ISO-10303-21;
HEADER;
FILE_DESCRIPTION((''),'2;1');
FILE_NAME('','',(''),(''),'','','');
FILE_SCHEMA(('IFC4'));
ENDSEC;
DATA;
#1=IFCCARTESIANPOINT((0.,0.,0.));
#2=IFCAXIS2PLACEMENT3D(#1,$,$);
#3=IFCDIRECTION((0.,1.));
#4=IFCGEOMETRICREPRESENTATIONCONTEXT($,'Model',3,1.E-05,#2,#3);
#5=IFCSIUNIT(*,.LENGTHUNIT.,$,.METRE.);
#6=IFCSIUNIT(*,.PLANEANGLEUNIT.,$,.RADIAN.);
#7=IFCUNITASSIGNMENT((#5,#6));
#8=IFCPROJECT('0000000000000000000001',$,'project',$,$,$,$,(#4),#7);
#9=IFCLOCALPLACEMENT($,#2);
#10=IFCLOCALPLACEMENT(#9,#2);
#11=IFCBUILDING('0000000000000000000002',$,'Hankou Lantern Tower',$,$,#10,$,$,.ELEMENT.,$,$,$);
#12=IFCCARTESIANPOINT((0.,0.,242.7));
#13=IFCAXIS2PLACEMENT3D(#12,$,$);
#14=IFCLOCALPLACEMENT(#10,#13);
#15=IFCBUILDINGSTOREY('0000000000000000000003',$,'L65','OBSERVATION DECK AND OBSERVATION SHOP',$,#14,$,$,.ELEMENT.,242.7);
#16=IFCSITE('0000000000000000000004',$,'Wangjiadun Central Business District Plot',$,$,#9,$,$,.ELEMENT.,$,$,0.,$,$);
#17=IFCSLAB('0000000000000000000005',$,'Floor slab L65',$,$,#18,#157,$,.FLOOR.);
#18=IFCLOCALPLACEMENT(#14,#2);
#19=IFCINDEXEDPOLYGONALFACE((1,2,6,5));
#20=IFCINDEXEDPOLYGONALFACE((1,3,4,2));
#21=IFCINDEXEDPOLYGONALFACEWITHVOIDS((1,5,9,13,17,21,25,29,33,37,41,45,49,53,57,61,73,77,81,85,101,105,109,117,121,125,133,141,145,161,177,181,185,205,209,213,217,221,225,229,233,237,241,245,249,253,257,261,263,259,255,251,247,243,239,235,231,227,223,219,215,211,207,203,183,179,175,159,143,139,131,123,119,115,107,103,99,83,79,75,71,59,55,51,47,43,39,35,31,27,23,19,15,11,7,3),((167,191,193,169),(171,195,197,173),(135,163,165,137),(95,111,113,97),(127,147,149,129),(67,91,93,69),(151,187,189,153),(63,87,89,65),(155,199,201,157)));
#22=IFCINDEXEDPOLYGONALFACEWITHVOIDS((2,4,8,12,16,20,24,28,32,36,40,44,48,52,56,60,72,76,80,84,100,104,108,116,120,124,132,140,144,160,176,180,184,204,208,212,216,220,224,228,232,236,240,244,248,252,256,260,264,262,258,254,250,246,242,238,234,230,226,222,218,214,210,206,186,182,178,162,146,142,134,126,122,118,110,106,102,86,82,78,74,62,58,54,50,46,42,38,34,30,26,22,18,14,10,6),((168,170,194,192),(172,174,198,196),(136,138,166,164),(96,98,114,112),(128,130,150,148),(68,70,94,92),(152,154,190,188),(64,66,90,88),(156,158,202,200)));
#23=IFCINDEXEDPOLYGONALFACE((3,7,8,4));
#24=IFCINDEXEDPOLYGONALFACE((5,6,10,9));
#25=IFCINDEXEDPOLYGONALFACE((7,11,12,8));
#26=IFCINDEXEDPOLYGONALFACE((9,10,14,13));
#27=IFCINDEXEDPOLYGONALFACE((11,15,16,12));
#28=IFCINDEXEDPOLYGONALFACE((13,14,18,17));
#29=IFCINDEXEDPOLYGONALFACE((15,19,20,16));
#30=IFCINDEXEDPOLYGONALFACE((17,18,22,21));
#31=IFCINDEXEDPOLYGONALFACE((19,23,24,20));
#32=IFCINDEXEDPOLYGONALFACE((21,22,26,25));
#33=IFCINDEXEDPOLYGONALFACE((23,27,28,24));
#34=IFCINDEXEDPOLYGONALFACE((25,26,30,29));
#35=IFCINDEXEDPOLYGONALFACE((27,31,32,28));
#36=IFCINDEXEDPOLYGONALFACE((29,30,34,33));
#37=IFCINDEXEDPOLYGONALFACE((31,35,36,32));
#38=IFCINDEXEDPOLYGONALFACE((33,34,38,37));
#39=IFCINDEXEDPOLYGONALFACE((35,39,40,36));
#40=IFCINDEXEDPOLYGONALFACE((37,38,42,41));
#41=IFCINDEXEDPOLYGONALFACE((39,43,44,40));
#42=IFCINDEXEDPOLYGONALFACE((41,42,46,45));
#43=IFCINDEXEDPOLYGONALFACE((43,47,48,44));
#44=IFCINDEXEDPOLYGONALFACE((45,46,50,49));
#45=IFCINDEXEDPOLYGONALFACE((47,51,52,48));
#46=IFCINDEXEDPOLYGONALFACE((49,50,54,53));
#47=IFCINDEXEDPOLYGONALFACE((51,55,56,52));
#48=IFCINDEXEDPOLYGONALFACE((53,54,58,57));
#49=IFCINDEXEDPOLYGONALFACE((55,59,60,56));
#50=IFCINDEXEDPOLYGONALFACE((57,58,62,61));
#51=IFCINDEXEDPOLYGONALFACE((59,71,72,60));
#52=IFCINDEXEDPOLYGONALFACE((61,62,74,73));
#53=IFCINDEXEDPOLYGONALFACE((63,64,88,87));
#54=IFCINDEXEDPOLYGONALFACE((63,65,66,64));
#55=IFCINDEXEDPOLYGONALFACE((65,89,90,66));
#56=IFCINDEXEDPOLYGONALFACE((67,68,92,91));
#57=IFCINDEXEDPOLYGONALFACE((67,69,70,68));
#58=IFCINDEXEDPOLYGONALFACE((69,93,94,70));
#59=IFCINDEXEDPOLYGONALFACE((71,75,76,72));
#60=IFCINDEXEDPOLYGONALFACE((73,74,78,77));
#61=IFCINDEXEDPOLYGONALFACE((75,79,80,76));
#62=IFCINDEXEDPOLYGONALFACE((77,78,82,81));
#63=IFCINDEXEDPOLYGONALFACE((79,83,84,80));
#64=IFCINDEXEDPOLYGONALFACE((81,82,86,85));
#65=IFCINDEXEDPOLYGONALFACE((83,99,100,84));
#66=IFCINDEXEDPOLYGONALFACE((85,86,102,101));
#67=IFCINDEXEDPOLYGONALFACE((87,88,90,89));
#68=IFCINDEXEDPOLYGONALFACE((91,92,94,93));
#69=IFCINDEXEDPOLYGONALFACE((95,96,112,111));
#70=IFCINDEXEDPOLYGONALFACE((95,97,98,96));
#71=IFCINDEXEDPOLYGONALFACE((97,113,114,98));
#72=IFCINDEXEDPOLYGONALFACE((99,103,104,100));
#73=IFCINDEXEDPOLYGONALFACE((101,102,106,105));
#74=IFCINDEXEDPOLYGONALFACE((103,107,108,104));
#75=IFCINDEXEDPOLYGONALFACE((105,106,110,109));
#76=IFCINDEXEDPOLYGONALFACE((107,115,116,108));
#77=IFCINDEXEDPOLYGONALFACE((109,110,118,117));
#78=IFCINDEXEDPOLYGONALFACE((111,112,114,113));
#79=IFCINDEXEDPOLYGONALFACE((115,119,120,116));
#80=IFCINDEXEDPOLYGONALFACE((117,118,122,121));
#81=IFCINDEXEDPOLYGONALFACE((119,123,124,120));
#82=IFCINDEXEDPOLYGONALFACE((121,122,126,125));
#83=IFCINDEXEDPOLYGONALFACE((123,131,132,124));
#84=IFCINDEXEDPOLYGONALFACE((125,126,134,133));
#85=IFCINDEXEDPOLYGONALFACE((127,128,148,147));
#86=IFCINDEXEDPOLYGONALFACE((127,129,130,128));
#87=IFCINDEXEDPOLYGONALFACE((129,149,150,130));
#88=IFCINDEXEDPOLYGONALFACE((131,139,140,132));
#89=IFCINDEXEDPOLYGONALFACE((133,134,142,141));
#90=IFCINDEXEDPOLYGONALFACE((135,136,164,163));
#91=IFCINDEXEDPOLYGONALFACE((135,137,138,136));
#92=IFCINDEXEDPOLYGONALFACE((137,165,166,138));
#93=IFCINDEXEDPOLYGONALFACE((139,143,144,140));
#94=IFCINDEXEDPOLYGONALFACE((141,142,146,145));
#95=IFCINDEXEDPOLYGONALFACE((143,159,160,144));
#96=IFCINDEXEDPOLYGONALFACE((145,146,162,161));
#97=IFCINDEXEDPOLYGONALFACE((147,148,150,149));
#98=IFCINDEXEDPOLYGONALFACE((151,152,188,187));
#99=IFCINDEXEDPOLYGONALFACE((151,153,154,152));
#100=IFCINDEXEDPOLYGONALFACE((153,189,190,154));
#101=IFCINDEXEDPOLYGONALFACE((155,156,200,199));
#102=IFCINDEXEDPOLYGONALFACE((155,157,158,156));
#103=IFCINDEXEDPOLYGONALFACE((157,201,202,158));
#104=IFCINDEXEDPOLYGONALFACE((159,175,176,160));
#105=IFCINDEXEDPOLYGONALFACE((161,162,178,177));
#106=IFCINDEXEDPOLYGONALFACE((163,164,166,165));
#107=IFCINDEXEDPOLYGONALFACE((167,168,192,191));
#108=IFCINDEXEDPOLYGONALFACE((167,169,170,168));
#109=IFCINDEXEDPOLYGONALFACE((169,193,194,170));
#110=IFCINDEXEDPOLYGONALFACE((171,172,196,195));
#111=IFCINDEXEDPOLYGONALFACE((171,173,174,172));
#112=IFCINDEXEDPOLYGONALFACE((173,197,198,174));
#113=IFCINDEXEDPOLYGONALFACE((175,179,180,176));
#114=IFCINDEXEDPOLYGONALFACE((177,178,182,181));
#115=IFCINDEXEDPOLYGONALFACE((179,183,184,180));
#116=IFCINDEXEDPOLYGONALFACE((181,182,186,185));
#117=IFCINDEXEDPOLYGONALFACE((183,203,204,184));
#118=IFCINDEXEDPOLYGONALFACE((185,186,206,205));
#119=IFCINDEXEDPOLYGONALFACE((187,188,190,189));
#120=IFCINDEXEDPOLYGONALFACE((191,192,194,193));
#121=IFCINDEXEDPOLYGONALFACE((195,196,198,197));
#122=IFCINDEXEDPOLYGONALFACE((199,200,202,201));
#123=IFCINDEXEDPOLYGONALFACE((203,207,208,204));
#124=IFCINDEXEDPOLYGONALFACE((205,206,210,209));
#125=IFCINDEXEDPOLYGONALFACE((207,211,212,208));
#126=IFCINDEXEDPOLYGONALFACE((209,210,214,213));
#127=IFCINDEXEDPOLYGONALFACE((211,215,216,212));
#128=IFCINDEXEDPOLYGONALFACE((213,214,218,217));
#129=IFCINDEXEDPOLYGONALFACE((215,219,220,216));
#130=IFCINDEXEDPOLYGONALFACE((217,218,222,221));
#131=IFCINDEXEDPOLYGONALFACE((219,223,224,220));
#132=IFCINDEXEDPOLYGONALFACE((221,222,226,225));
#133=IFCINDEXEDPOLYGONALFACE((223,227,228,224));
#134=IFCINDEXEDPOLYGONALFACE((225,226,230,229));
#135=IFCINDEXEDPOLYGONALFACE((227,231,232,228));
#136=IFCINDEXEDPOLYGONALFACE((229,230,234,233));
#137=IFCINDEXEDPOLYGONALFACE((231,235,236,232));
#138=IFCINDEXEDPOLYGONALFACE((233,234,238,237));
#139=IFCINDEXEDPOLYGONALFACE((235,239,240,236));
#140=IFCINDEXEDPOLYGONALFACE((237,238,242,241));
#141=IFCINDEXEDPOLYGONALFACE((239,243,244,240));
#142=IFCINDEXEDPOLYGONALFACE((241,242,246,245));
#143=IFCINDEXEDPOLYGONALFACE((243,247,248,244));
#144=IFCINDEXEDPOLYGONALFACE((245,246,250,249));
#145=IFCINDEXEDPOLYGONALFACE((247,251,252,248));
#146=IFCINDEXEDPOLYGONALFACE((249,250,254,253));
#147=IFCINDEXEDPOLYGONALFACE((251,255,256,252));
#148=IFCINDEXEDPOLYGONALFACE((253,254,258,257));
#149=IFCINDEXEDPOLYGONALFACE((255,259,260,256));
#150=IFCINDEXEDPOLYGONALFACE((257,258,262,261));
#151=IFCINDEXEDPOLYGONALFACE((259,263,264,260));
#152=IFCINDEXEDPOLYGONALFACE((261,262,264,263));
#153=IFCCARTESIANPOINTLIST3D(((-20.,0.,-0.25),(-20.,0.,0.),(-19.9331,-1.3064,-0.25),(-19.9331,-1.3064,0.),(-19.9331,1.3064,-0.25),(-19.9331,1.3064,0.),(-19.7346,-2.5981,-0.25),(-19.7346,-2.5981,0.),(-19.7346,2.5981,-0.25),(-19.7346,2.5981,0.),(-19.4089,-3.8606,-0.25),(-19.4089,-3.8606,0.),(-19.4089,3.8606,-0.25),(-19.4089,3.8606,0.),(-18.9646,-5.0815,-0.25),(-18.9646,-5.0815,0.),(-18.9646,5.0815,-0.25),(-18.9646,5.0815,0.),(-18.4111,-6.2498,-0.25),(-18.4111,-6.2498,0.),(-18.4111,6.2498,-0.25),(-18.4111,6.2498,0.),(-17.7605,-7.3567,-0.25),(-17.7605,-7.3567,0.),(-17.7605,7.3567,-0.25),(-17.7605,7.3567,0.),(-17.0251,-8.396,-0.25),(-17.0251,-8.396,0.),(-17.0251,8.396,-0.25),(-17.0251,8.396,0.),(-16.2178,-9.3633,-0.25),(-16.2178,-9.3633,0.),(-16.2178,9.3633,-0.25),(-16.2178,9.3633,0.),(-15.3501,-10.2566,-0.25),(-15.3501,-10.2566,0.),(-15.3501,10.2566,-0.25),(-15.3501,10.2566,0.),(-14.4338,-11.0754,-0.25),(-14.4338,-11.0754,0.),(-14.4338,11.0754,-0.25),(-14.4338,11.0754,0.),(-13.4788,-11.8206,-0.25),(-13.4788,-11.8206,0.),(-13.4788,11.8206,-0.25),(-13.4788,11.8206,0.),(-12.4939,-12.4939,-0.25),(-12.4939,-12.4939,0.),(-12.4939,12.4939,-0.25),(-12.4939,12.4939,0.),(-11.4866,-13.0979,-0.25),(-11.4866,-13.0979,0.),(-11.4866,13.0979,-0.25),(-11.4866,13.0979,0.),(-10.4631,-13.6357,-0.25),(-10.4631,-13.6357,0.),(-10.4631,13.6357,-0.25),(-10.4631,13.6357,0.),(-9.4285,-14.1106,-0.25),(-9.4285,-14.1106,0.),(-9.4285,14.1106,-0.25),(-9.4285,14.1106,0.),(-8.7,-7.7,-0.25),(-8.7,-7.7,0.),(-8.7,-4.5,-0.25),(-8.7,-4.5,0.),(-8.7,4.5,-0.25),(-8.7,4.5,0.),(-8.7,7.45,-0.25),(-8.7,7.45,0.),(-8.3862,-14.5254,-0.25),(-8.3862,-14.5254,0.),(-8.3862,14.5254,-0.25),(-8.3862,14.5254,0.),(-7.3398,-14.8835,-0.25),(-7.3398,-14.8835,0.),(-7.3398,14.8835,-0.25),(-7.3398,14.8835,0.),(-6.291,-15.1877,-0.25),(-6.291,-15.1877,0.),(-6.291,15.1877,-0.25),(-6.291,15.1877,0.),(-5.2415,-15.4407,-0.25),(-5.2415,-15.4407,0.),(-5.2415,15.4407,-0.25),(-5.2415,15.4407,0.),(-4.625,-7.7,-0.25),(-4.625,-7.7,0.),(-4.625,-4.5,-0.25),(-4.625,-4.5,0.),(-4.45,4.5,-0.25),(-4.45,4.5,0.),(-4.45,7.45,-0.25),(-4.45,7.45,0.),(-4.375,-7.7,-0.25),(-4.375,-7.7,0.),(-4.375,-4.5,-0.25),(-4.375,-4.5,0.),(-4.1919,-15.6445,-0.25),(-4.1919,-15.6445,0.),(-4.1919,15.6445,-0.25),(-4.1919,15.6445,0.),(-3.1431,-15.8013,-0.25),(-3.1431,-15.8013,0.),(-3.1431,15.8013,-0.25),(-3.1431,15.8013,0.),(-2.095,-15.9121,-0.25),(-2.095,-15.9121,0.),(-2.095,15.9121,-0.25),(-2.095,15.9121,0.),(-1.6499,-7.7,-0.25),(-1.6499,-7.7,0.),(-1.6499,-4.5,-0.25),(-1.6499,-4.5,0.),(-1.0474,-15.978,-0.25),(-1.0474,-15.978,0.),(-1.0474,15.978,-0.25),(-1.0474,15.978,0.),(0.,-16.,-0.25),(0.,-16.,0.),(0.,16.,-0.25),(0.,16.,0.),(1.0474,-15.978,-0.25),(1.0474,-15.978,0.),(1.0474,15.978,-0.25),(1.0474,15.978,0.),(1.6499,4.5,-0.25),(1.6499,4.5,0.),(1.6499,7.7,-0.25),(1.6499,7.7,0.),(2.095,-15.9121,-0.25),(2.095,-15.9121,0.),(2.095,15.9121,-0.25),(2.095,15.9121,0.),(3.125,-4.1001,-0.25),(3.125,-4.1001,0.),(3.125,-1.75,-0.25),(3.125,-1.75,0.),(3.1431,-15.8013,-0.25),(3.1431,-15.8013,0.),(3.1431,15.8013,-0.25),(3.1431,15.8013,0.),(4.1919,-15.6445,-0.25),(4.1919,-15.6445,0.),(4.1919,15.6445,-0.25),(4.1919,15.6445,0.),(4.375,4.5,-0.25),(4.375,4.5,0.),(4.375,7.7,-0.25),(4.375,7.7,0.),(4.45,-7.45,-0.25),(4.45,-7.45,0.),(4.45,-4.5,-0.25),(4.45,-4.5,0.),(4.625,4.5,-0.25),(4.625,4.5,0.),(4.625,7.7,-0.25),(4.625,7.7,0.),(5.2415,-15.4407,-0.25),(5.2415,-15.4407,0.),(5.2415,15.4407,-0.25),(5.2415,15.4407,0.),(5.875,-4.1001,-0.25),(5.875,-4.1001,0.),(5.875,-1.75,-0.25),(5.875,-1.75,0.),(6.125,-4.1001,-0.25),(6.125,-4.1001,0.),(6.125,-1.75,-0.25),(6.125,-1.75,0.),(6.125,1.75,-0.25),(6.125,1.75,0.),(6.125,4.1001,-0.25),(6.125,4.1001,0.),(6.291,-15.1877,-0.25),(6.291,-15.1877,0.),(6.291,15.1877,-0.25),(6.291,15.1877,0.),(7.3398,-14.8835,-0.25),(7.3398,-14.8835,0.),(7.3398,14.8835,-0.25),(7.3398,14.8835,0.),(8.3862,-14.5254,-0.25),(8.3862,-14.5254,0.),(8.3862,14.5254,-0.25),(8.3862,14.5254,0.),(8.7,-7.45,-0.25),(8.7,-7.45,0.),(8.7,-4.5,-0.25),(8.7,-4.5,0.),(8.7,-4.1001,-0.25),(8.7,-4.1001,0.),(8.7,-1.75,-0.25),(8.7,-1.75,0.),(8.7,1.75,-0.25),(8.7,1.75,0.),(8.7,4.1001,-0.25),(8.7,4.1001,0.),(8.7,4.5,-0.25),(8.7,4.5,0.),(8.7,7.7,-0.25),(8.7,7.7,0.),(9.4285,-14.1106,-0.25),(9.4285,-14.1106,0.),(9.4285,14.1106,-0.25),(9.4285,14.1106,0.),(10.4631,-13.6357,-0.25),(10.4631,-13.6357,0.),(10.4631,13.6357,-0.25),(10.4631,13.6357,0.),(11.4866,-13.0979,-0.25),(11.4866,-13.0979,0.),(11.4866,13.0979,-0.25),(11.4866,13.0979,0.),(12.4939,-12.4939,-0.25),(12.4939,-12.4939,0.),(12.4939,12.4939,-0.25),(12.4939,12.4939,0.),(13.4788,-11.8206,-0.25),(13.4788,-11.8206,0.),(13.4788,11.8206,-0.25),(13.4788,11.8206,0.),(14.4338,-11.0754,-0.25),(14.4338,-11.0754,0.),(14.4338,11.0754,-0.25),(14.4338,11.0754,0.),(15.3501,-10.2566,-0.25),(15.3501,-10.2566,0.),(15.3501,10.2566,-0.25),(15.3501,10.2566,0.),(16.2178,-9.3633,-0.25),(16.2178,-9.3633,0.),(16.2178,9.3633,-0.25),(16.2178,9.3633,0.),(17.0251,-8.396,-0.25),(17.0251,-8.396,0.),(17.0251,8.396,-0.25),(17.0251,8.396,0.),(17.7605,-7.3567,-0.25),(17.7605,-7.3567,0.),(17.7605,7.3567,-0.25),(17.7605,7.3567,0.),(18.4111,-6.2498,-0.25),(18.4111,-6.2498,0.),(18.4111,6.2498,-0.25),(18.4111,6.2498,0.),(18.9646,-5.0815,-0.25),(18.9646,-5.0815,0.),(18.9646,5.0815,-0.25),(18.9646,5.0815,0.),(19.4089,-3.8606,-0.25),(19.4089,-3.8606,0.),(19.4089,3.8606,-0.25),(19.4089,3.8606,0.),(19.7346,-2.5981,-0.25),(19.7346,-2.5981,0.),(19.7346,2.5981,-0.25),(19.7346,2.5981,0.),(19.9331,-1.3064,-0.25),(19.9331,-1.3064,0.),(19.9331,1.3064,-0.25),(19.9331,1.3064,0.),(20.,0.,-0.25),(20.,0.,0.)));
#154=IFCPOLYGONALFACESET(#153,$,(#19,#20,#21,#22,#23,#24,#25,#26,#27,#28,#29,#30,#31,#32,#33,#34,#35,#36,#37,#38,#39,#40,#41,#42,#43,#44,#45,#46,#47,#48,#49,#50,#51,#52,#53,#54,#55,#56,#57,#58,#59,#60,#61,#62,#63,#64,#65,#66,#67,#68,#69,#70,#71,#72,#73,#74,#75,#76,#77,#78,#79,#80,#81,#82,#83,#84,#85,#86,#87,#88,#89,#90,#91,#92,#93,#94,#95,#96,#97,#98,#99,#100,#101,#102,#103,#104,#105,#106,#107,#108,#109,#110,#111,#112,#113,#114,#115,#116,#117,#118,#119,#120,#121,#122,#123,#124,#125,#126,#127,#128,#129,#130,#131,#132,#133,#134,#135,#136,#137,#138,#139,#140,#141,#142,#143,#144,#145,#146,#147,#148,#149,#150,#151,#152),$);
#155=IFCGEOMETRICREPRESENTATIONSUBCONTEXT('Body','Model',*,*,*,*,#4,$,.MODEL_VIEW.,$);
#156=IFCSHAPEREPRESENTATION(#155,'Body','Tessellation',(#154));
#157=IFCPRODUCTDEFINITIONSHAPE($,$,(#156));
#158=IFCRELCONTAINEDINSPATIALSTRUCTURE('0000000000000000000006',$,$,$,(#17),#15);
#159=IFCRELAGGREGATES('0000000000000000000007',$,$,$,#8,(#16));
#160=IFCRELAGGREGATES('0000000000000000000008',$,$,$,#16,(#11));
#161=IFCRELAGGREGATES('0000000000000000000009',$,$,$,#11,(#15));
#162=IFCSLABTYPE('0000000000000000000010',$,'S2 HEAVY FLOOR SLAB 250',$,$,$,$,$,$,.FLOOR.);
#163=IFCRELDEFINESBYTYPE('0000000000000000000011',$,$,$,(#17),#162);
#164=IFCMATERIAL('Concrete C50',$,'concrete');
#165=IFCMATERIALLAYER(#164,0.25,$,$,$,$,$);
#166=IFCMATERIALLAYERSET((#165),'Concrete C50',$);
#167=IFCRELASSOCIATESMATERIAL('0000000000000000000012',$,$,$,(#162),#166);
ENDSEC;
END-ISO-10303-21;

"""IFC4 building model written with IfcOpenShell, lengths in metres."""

from ifc_helpers import new_model, si_unit, direction, frame, origin, place, context, subcontext, project, spatial, polyline, outline, extrude, material, layer, layer_set, type_object, element, save


model = new_model("IFC4")

# Units and contexts
model_context = context("Model", 3, precision=1e-05, world=origin(), true_north=direction((0.0, 1.0)))
body_context = subcontext(model_context, "Body", "Model", "MODEL_VIEW")
ifc_project = project(units=[si_unit("LENGTHUNIT", "METRE"), si_unit("PLANEANGLEUNIT", "RADIAN")], contexts=[model_context])

# Site, building, storey
site_placement = place(None, origin())
site = spatial("IfcSite", under=ifc_project, at=site_placement, Name="Wangjiadun Central Business District Plot", CompositionType="ELEMENT", RefElevation=0.0)
building_placement = place(site_placement, origin())
building = spatial("IfcBuilding", under=site, at=building_placement, Name="Hankou Lantern Tower", CompositionType="ELEMENT")
storey_placement = place(building_placement, frame((0.0, 0.0, 242.7)))
storey = spatial("IfcBuildingStorey", under=building, at=storey_placement, Name="L65", Description="OBSERVATION DECK AND OBSERVATION SHOP", CompositionType="ELEMENT", Elevation=242.7)

# Slab
ifc_material_1 = material(Name="Concrete C50", Category="concrete")
ifc_layer_1 = layer(ifc_material_1, 0.25)
ifc_layer_set_1 = layer_set([ifc_layer_1], Name="Concrete C50")
slab_type = type_object("IfcSlabType", Name="S2 HEAVY FLOOR SLAB 250", PredefinedType="FLOOR", material=ifc_layer_set_1)
slab_placement = place(storey_placement, frame((0.0, 0.0, -0.25)))
element("IfcSlab", 1, at=slab_placement, inside=storey, type_object=slab_type, Name="Floor slab L65", PredefinedType="FLOOR", context=body_context, shape_type="SweptSolid", body=[
    extrude(outline(polyline([(20.0, 0.0), (19.9331, 1.3064), (19.7346, 2.5981), (19.4089, 3.8606), (18.9646, 5.0815), (18.4111, 6.2498), (17.7605, 7.3567), (17.0251, 8.396), (16.2178, 9.3633), (15.3501, 10.2566), (14.4338, 11.0754), (13.4788, 11.8206), (12.4939, 12.4939), (11.4866, 13.0979), (10.4631, 13.6357), (9.4285, 14.1106), (8.3862, 14.5254), (7.3398, 14.8835), (6.291, 15.1877), (5.2415, 15.4407), (4.1919, 15.6445), (3.1431, 15.8013), (2.095, 15.9121), (1.0474, 15.978), (0.0, 16.0), (-1.0474, 15.978), (-2.095, 15.9121), (-3.1431, 15.8013), (-4.1919, 15.6445), (-5.2415, 15.4407), (-6.291, 15.1877), (-7.3398, 14.8835), (-8.3862, 14.5254), (-9.4285, 14.1106), (-10.4631, 13.6357), (-11.4866, 13.0979), (-12.4939, 12.4939), (-13.4788, 11.8206), (-14.4338, 11.0754), (-15.3501, 10.2566), (-16.2178, 9.3633), (-17.0251, 8.396), (-17.7605, 7.3567), (-18.4111, 6.2498), (-18.9646, 5.0815), (-19.4089, 3.8606), (-19.7346, 2.5981), (-19.9331, 1.3064), (-20.0, 0.0), (-19.9331, -1.3064), (-19.7346, -2.5981), (-19.4089, -3.8606), (-18.9646, -5.0815), (-18.4111, -6.2498), (-17.7605, -7.3567), (-17.0251, -8.396), (-16.2178, -9.3633), (-15.3501, -10.2566), (-14.4338, -11.0754), (-13.4788, -11.8206), (-12.4939, -12.4939), (-11.4866, -13.0979), (-10.4631, -13.6357), (-9.4285, -14.1106), (-8.3862, -14.5254), (-7.3398, -14.8835), (-6.291, -15.1877), (-5.2415, -15.4407), (-4.1919, -15.6445), (-3.1431, -15.8013), (-2.095, -15.9121), (-1.0474, -15.978), (0.0, -16.0), (1.0474, -15.978), (2.095, -15.9121), (3.1431, -15.8013), (4.1919, -15.6445), (5.2415, -15.4407), (6.291, -15.1877), (7.3398, -14.8835), (8.3862, -14.5254), (9.4285, -14.1106), (10.4631, -13.6357), (11.4866, -13.0979), (12.4939, -12.4939), (13.4788, -11.8206), (14.4338, -11.0754), (15.3501, -10.2566), (16.2178, -9.3633), (17.0251, -8.396), (17.7605, -7.3567), (18.4111, -6.2498), (18.9646, -5.0815), (19.4089, -3.8606), (19.7346, -2.5981), (19.9331, -1.3064), (20.0, 0.0)]), holes=[polyline([(6.125, 4.1001), (8.7, 4.1001), (8.7, 1.75), (6.125, 1.75), (6.125, 4.1001)]), polyline([(3.125, -1.75), (5.875, -1.75), (5.875, -4.1001), (3.125, -4.1001), (3.125, -1.75)]), polyline([(6.125, -1.75), (8.7, -1.75), (8.7, -4.1001), (6.125, -4.1001), (6.125, -1.75)]), polyline([(1.6499, 7.7), (4.375, 7.7), (4.375, 4.5), (1.6499, 4.5), (1.6499, 7.7)]), polyline([(-4.375, -4.5), (-1.6499, -4.5), (-1.6499, -7.7), (-4.375, -7.7), (-4.375, -4.5)]), polyline([(-8.7, 7.45), (-4.45, 7.45), (-4.45, 4.5), (-8.7, 4.5), (-8.7, 7.45)]), polyline([(4.45, -4.5), (8.7, -4.5), (8.7, -7.45), (4.45, -7.45), (4.45, -4.5)]), polyline([(4.625, 7.7), (8.7, 7.7), (8.7, 4.5), (4.625, 4.5), (4.625, 7.7)]), polyline([(-8.7, -4.5), (-4.625, -4.5), (-4.625, -7.7), (-8.7, -7.7), (-8.7, -4.5)])]), origin(), (0.0, 0.0, 1.0), 0.25),
])

save(model, "model.ifc")
